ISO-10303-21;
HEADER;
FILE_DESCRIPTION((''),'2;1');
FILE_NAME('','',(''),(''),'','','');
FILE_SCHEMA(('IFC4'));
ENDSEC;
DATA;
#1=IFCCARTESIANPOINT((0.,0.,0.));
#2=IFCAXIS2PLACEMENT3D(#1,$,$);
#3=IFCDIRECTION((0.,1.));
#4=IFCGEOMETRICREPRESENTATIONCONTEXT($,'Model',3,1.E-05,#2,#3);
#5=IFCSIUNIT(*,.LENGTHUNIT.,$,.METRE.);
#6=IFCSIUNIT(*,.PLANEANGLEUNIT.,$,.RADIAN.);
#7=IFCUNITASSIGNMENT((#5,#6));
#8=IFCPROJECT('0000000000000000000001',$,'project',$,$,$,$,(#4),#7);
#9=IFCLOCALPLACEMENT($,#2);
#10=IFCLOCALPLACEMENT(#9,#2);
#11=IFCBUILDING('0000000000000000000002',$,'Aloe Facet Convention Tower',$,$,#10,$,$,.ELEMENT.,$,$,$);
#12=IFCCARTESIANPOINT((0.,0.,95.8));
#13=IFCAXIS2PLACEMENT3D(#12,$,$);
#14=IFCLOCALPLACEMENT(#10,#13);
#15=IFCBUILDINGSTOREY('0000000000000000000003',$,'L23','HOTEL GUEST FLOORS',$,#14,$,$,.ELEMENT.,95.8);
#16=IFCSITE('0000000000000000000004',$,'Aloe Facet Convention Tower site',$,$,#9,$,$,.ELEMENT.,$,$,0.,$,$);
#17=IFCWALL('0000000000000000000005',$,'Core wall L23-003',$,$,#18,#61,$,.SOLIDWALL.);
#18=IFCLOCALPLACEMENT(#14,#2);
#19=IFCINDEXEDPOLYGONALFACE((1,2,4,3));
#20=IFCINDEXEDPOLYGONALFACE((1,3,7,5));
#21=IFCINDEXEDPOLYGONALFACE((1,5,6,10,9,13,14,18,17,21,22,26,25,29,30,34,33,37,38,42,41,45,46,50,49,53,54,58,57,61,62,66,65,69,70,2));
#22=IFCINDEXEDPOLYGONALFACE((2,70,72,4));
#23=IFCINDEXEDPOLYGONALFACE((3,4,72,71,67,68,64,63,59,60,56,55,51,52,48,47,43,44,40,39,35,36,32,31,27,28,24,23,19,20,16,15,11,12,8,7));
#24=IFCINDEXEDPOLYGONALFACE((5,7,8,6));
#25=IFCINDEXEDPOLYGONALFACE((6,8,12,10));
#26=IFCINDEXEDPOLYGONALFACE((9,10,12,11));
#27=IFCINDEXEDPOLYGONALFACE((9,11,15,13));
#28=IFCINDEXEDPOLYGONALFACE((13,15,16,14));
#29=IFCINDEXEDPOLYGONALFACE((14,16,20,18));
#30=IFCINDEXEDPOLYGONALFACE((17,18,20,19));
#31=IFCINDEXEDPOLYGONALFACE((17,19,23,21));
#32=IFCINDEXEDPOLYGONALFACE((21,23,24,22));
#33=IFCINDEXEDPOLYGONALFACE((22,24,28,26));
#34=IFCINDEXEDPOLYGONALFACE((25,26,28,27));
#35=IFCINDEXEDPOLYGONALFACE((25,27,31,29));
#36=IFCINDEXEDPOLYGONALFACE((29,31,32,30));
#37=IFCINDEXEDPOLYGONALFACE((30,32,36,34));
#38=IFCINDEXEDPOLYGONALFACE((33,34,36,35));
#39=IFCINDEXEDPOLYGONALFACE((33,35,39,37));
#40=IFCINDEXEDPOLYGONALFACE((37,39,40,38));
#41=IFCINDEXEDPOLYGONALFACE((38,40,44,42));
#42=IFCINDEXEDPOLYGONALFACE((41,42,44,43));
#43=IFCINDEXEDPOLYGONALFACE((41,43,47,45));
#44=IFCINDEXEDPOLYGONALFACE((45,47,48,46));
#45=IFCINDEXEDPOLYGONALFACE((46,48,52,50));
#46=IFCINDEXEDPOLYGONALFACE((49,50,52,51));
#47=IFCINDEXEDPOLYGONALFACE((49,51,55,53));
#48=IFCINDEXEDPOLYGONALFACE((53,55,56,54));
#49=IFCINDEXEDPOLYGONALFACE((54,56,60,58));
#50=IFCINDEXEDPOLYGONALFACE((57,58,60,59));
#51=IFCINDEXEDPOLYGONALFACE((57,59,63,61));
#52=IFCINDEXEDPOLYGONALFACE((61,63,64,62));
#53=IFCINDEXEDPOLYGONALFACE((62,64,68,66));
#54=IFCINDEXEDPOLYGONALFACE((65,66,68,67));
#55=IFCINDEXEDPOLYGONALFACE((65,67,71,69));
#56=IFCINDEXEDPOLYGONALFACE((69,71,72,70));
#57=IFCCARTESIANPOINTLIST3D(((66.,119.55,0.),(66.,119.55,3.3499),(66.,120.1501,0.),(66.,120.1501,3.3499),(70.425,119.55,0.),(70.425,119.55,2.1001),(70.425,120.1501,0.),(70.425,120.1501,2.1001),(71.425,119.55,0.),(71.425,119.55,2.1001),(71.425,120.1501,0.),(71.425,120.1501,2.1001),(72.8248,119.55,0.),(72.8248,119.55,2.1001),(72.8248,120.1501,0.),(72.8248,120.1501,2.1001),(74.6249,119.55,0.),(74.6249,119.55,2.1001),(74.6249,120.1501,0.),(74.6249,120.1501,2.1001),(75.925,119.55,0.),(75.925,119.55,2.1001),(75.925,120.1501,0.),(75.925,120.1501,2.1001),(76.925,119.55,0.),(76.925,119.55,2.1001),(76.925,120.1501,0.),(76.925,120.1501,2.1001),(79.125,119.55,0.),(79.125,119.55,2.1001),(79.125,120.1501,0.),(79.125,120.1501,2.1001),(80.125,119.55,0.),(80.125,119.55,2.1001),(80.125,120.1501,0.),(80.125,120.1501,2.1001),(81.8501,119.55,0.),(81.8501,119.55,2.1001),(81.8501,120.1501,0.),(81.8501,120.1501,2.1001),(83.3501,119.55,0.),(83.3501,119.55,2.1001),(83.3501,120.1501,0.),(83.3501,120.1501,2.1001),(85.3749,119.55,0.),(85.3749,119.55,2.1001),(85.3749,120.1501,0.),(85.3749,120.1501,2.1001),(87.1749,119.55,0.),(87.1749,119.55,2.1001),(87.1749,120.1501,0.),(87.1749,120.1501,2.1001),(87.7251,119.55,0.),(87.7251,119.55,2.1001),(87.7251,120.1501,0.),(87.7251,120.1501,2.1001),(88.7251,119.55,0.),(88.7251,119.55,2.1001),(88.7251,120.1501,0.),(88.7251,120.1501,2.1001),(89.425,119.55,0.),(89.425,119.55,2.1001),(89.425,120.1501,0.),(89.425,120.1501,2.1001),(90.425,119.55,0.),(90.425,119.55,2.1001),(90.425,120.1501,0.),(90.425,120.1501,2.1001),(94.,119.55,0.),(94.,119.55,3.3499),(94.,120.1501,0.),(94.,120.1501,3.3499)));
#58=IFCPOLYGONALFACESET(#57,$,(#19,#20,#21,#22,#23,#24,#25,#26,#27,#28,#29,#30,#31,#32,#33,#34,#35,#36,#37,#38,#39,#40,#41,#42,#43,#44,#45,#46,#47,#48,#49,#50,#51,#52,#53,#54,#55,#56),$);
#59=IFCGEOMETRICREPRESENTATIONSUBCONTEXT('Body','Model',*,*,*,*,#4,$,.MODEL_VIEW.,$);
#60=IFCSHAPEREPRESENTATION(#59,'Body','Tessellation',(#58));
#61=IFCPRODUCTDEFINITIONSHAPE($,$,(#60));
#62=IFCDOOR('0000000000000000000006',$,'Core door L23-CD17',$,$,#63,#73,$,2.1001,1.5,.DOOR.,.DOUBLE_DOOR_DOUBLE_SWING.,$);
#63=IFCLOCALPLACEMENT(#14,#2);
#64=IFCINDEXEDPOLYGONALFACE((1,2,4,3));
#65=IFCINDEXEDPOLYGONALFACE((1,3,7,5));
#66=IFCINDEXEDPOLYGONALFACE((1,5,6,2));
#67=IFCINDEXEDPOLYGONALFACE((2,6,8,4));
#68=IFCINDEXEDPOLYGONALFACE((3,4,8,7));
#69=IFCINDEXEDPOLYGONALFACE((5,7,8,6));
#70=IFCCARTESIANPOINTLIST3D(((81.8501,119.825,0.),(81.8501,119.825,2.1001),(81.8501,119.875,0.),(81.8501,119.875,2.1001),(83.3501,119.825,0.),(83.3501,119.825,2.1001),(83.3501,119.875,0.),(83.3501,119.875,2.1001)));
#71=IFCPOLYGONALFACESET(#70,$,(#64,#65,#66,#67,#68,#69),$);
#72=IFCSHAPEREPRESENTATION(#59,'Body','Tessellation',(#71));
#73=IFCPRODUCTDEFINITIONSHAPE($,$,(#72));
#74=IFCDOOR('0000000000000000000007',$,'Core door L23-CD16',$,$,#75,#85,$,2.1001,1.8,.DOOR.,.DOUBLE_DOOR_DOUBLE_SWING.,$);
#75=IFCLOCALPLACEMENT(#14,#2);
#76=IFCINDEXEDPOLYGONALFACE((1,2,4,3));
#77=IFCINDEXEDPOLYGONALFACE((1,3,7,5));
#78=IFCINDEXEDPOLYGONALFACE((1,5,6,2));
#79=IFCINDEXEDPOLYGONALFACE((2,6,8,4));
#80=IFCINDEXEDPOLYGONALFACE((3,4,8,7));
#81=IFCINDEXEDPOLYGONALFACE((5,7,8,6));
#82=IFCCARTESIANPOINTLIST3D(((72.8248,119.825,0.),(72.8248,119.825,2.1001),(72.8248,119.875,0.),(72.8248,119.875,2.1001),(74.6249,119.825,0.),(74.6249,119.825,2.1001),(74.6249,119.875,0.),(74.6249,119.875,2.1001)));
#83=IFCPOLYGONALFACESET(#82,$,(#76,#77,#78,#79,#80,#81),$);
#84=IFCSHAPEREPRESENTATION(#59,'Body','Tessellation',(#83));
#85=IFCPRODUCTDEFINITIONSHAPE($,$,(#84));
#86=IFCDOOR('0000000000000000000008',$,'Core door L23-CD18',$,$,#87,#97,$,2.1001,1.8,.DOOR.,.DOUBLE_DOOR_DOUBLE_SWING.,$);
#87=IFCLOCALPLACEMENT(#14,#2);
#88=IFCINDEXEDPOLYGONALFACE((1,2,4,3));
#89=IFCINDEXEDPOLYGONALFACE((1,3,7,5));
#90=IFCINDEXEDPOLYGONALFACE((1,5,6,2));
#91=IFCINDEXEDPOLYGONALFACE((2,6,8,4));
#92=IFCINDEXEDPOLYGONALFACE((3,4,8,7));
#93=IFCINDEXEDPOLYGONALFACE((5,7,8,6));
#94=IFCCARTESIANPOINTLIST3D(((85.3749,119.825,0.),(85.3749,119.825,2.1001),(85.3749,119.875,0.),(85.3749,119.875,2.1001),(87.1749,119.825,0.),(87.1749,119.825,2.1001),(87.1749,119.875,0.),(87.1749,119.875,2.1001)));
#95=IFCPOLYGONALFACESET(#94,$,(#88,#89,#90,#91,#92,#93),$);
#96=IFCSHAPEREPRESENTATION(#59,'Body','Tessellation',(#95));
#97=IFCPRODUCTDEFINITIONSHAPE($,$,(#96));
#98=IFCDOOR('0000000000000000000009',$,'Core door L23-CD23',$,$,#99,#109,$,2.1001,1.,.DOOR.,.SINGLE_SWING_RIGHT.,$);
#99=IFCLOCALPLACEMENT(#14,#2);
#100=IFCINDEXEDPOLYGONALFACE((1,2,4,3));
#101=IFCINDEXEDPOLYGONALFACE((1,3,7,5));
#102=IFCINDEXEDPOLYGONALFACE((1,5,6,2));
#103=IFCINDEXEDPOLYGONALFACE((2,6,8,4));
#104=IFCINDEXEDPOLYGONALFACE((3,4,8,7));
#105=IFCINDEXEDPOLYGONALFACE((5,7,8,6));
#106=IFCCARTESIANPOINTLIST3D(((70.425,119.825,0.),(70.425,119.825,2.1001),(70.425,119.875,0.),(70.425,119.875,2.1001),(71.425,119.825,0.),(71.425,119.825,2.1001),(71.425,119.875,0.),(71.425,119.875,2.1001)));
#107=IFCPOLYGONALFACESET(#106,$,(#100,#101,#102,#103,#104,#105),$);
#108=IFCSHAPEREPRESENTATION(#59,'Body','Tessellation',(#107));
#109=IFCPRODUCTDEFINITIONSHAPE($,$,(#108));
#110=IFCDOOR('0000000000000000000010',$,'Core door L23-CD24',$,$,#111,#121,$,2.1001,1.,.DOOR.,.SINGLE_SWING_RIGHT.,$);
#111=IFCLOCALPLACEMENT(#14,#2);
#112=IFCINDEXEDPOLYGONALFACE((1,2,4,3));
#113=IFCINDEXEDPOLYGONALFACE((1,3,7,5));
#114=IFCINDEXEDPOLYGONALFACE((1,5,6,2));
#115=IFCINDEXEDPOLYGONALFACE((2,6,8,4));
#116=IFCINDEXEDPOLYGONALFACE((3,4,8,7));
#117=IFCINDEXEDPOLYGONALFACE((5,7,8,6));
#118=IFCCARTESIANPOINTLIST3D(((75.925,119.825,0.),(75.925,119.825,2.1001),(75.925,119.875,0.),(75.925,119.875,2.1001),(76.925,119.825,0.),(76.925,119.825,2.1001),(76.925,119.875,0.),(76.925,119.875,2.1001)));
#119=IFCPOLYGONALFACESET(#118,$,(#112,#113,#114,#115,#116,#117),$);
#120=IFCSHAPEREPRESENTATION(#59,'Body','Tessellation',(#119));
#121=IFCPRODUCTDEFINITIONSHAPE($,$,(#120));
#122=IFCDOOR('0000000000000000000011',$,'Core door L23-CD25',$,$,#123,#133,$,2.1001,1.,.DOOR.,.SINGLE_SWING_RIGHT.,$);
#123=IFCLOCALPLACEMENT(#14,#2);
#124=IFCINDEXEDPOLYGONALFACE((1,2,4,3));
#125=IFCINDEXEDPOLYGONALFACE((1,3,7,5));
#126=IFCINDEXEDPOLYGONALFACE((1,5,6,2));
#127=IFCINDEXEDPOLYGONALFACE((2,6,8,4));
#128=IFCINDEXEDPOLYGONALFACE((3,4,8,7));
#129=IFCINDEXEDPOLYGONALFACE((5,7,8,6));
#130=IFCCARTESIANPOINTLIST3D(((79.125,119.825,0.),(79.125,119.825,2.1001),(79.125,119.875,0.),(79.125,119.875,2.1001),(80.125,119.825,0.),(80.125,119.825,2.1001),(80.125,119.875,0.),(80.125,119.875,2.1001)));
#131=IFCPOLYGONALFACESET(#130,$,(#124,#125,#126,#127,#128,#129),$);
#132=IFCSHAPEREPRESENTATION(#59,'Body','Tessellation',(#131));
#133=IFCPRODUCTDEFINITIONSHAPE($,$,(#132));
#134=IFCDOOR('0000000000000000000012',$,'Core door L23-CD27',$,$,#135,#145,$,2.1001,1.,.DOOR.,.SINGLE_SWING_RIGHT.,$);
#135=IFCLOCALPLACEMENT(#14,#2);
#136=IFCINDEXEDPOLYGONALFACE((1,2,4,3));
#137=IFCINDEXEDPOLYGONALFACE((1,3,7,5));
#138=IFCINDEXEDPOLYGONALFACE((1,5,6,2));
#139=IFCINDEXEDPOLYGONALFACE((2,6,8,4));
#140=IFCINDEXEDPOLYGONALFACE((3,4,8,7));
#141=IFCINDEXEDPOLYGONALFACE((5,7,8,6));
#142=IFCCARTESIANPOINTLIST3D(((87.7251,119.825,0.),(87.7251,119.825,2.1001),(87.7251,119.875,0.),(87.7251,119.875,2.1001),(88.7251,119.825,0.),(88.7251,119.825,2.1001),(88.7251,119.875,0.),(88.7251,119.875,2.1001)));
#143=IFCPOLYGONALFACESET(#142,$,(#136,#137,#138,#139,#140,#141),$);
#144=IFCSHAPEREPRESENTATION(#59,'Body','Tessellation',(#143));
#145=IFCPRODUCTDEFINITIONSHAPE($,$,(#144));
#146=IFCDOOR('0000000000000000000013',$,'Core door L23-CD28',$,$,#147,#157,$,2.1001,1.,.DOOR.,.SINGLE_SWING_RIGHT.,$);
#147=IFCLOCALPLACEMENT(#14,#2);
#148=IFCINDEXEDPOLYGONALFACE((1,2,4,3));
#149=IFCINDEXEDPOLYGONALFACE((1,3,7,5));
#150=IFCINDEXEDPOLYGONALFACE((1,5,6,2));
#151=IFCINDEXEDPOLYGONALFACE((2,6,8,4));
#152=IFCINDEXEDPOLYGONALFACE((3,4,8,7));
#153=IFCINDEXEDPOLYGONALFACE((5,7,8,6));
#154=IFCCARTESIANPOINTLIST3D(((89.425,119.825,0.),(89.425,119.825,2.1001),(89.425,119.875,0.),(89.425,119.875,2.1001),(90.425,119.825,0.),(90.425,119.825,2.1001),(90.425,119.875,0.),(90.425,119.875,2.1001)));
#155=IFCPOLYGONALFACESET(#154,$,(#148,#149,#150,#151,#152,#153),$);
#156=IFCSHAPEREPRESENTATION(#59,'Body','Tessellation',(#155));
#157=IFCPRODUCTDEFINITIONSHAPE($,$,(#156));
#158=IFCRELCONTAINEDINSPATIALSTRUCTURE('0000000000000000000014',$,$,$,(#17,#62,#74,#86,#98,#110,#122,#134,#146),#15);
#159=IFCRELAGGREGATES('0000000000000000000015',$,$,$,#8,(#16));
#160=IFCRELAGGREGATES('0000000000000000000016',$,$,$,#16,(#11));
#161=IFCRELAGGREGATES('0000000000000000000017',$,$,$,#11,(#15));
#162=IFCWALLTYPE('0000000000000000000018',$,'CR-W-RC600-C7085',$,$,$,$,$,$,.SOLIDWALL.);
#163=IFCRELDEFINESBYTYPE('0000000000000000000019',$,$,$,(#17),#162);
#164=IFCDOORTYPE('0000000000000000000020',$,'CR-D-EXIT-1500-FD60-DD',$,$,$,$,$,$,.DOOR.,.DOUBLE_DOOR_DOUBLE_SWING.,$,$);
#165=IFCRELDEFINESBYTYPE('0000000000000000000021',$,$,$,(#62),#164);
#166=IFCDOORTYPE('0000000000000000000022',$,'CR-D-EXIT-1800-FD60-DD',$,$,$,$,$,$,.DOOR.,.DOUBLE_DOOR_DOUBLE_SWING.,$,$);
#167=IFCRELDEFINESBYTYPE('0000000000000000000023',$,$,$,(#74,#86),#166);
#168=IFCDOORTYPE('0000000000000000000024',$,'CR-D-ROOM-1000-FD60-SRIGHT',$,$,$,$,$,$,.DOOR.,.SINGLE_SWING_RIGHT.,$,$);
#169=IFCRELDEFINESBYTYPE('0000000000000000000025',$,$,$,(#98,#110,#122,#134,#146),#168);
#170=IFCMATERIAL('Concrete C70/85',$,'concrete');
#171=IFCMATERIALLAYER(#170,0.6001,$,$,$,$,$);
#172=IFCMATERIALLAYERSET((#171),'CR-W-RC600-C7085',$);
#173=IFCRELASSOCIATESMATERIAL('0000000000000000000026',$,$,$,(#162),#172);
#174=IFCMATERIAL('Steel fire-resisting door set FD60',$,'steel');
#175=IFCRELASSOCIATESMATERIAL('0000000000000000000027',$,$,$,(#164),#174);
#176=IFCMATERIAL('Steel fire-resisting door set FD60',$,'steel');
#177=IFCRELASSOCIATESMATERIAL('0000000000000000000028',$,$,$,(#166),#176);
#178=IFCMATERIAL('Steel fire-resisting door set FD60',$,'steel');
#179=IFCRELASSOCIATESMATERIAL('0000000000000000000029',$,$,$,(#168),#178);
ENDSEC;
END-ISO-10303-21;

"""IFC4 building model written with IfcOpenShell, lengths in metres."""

from ifc_helpers import new_model, si_unit, direction, frame, frame_2d, origin, place, context, subcontext, project, spatial, rectangle, extrude, material, layer, layer_set, type_object, element, fill, save


model = new_model("IFC4")

# Units and contexts
model_context = context("Model", 3, precision=1e-05, world=origin(), true_north=direction((0.0, 1.0)))
body_context = subcontext(model_context, "Body", "Model", "MODEL_VIEW")
ifc_project = project(units=[si_unit("LENGTHUNIT", "METRE"), si_unit("PLANEANGLEUNIT", "RADIAN")], contexts=[model_context])

# Site, building, storey
site_placement = place(None, origin())
site = spatial("IfcSite", under=ifc_project, at=site_placement, Name="Aloe Facet Convention Tower site", CompositionType="ELEMENT", RefElevation=0.0)
building_placement = place(site_placement, origin())
building = spatial("IfcBuilding", under=site, at=building_placement, Name="Aloe Facet Convention Tower", CompositionType="ELEMENT")
storey_placement = place(building_placement, frame((0.0, 0.0, 95.8)))
storey = spatial("IfcBuildingStorey", under=building, at=storey_placement, Name="L23", Description="HOTEL GUEST FLOORS", CompositionType="ELEMENT", Elevation=95.8)

# Wall, openings, doors
ifc_material_1 = material(Name="Concrete C70/85", Category="concrete")
ifc_layer_1 = layer(ifc_material_1, 0.6001)
ifc_layer_set_1 = layer_set([ifc_layer_1], Name="CR-W-RC600-C7085")
wall_type_1 = type_object("IfcWallType", Name="CR-W-RC600-C7085", PredefinedType="SOLIDWALL", material=ifc_layer_set_1)
wall_1_placement = place(storey_placement, frame((66.0, 119.8501, 0.0), z_axis=(0.0, 0.0, 1.0), x_axis=(1.0, 0.0, 0.0)))
wall_1 = element("IfcWall", 1, at=wall_1_placement, inside=storey, type_object=wall_type_1, Name="Core wall L23-003", PredefinedType="SOLIDWALL", context=body_context, shape_type="SweptSolid", body=[
    extrude(rectangle(XDim=28.0, YDim=0.6001, at=frame_2d((14.0, 0.0))), origin(), (0.0, 0.0, 1.0), 3.3499),
])
opening_1_placement = place(wall_1_placement, frame((6.825, 0.0, 0.0)))
opening_1 = element("IfcOpeningElement", 2, at=opening_1_placement, cuts=wall_1, PredefinedType="OPENING", context=body_context, shape_type="SweptSolid", body=[
    extrude(rectangle(XDim=1.8, YDim=2.1001, at=frame_2d((0.8999, 1.05))), frame((0.0, 0.3101, 0.0), z_axis=(0.0, -1.0, 0.0), x_axis=(1.0, 0.0, 0.0)), (0.0, 0.0, 1.0), 0.6201),
])
opening_2_placement = place(wall_1_placement, frame((15.8501, 0.0, 0.0)))
opening_2 = element("IfcOpeningElement", 3, at=opening_2_placement, cuts=wall_1, PredefinedType="OPENING", context=body_context, shape_type="SweptSolid", body=[
    extrude(rectangle(XDim=1.5, YDim=2.1001, at=frame_2d((0.75, 1.05))), frame((0.0, 0.3101, 0.0), z_axis=(0.0, -1.0, 0.0), x_axis=(1.0, 0.0, 0.0)), (0.0, 0.0, 1.0), 0.6201),
])
opening_3_placement = place(wall_1_placement, frame((19.375, 0.0, 0.0)))
opening_3 = element("IfcOpeningElement", 4, at=opening_3_placement, cuts=wall_1, PredefinedType="OPENING", context=body_context, shape_type="SweptSolid", body=[
    extrude(rectangle(XDim=1.8, YDim=2.1001, at=frame_2d((0.8999, 1.05))), frame((0.0, 0.3101, 0.0), z_axis=(0.0, -1.0, 0.0), x_axis=(1.0, 0.0, 0.0)), (0.0, 0.0, 1.0), 0.6201),
])
opening_4_placement = place(wall_1_placement, frame((4.425, 0.0, 0.0)))
opening_4 = element("IfcOpeningElement", 5, at=opening_4_placement, cuts=wall_1, PredefinedType="OPENING", context=body_context, shape_type="SweptSolid", body=[
    extrude(rectangle(XDim=1.0, YDim=2.1001, at=frame_2d((0.5, 1.05))), frame((0.0, 0.3101, 0.0), z_axis=(0.0, -1.0, 0.0), x_axis=(1.0, 0.0, 0.0)), (0.0, 0.0, 1.0), 0.6201),
])
opening_5_placement = place(wall_1_placement, frame((9.925, 0.0, 0.0)))
opening_5 = element("IfcOpeningElement", 6, at=opening_5_placement, cuts=wall_1, PredefinedType="OPENING", context=body_context, shape_type="SweptSolid", body=[
    extrude(rectangle(XDim=1.0, YDim=2.1001, at=frame_2d((0.5, 1.05))), frame((0.0, 0.3101, 0.0), z_axis=(0.0, -1.0, 0.0), x_axis=(1.0, 0.0, 0.0)), (0.0, 0.0, 1.0), 0.6201),
])
opening_6_placement = place(wall_1_placement, frame((13.125, 0.0, 0.0)))
opening_6 = element("IfcOpeningElement", 7, at=opening_6_placement, cuts=wall_1, PredefinedType="OPENING", context=body_context, shape_type="SweptSolid", body=[
    extrude(rectangle(XDim=1.0, YDim=2.1001, at=frame_2d((0.5, 1.05))), frame((0.0, 0.3101, 0.0), z_axis=(0.0, -1.0, 0.0), x_axis=(1.0, 0.0, 0.0)), (0.0, 0.0, 1.0), 0.6201),
])
opening_7_placement = place(wall_1_placement, frame((21.7251, 0.0, 0.0)))
opening_7 = element("IfcOpeningElement", 8, at=opening_7_placement, cuts=wall_1, PredefinedType="OPENING", context=body_context, shape_type="SweptSolid", body=[
    extrude(rectangle(XDim=1.0, YDim=2.1001, at=frame_2d((0.5, 1.05))), frame((0.0, 0.3101, 0.0), z_axis=(0.0, -1.0, 0.0), x_axis=(1.0, 0.0, 0.0)), (0.0, 0.0, 1.0), 0.6201),
])
opening_8_placement = place(wall_1_placement, frame((23.425, 0.0, 0.0)))
opening_8 = element("IfcOpeningElement", 9, at=opening_8_placement, cuts=wall_1, PredefinedType="OPENING", context=body_context, shape_type="SweptSolid", body=[
    extrude(rectangle(XDim=1.0, YDim=2.1001, at=frame_2d((0.5, 1.05))), frame((0.0, 0.3101, 0.0), z_axis=(0.0, -1.0, 0.0), x_axis=(1.0, 0.0, 0.0)), (0.0, 0.0, 1.0), 0.6201),
])
ifc_material_2 = material(Name="Steel fire-resisting door set FD60", Category="steel")
door_type_1 = type_object("IfcDoorType", Name="CR-D-EXIT-1500-FD60-DD", OperationType="DOUBLE_DOOR_DOUBLE_SWING", PredefinedType="DOOR", material=ifc_material_2)
door_1_placement = place(opening_2_placement, origin())
door_1 = element("IfcDoor", 10, at=door_1_placement, inside=storey, type_object=door_type_1, Name="Core door L23-CD17", OperationType="DOUBLE_DOOR_DOUBLE_SWING", OverallHeight=2.1001, OverallWidth=1.5, PredefinedType="DOOR", context=body_context, shape_type="SweptSolid", body=[
    extrude(rectangle(XDim=1.5, YDim=2.1001, at=frame_2d((0.75, 1.05))), frame((0.0, 0.0249, 0.0), z_axis=(0.0, -1.0, 0.0), x_axis=(1.0, 0.0, 0.0)), (0.0, 0.0, 1.0), 0.05),
])
fill(opening_2, door_1)
ifc_material_3 = material(Name="Steel fire-resisting door set FD60", Category="steel")
door_type_2 = type_object("IfcDoorType", Name="CR-D-EXIT-1800-FD60-DD", OperationType="DOUBLE_DOOR_DOUBLE_SWING", PredefinedType="DOOR", material=ifc_material_3)
door_2_placement = place(opening_1_placement, origin())
door_2 = element("IfcDoor", 11, at=door_2_placement, inside=storey, type_object=door_type_2, Name="Core door L23-CD16", OperationType="DOUBLE_DOOR_DOUBLE_SWING", OverallHeight=2.1001, OverallWidth=1.8, PredefinedType="DOOR", context=body_context, shape_type="SweptSolid", body=[
    extrude(rectangle(XDim=1.8, YDim=2.1001, at=frame_2d((0.8999, 1.05))), frame((0.0, 0.0249, 0.0), z_axis=(0.0, -1.0, 0.0), x_axis=(1.0, 0.0, 0.0)), (0.0, 0.0, 1.0), 0.05),
])
fill(opening_1, door_2)
door_3_placement = place(opening_3_placement, origin())
door_3 = element("IfcDoor", 12, at=door_3_placement, inside=storey, type_object=door_type_2, Name="Core door L23-CD18", OperationType="DOUBLE_DOOR_DOUBLE_SWING", OverallHeight=2.1001, OverallWidth=1.8, PredefinedType="DOOR", context=body_context, shape_type="SweptSolid", body=[
    extrude(rectangle(XDim=1.8, YDim=2.1001, at=frame_2d((0.8999, 1.05))), frame((0.0, 0.0249, 0.0), z_axis=(0.0, -1.0, 0.0), x_axis=(1.0, 0.0, 0.0)), (0.0, 0.0, 1.0), 0.05),
])
fill(opening_3, door_3)
ifc_material_4 = material(Name="Steel fire-resisting door set FD60", Category="steel")
door_type_3 = type_object("IfcDoorType", Name="CR-D-ROOM-1000-FD60-SRIGHT", OperationType="SINGLE_SWING_RIGHT", PredefinedType="DOOR", material=ifc_material_4)
door_4_placement = place(opening_4_placement, origin())
door_4 = element("IfcDoor", 13, at=door_4_placement, inside=storey, type_object=door_type_3, Name="Core door L23-CD23", OperationType="SINGLE_SWING_RIGHT", OverallHeight=2.1001, OverallWidth=1.0, PredefinedType="DOOR", context=body_context, shape_type="SweptSolid", body=[
    extrude(rectangle(XDim=1.0, YDim=2.1001, at=frame_2d((0.5, 1.05))), frame((0.0, 0.0249, 0.0), z_axis=(0.0, -1.0, 0.0), x_axis=(1.0, 0.0, 0.0)), (0.0, 0.0, 1.0), 0.05),
])
fill(opening_4, door_4)
door_5_placement = place(opening_5_placement, origin())
door_5 = element("IfcDoor", 14, at=door_5_placement, inside=storey, type_object=door_type_3, Name="Core door L23-CD24", OperationType="SINGLE_SWING_RIGHT", OverallHeight=2.1001, OverallWidth=1.0, PredefinedType="DOOR", context=body_context, shape_type="SweptSolid", body=[
    extrude(rectangle(XDim=1.0, YDim=2.1001, at=frame_2d((0.5, 1.05))), frame((0.0, 0.0249, 0.0), z_axis=(0.0, -1.0, 0.0), x_axis=(1.0, 0.0, 0.0)), (0.0, 0.0, 1.0), 0.05),
])
fill(opening_5, door_5)
door_6_placement = place(opening_6_placement, origin())
door_6 = element("IfcDoor", 15, at=door_6_placement, inside=storey, type_object=door_type_3, Name="Core door L23-CD25", OperationType="SINGLE_SWING_RIGHT", OverallHeight=2.1001, OverallWidth=1.0, PredefinedType="DOOR", context=body_context, shape_type="SweptSolid", body=[
    extrude(rectangle(XDim=1.0, YDim=2.1001, at=frame_2d((0.5, 1.05))), frame((0.0, 0.0249, 0.0), z_axis=(0.0, -1.0, 0.0), x_axis=(1.0, 0.0, 0.0)), (0.0, 0.0, 1.0), 0.05),
])
fill(opening_6, door_6)
door_7_placement = place(opening_7_placement, origin())
door_7 = element("IfcDoor", 16, at=door_7_placement, inside=storey, type_object=door_type_3, Name="Core door L23-CD27", OperationType="SINGLE_SWING_RIGHT", OverallHeight=2.1001, OverallWidth=1.0, PredefinedType="DOOR", context=body_context, shape_type="SweptSolid", body=[
    extrude(rectangle(XDim=1.0, YDim=2.1001, at=frame_2d((0.5, 1.05))), frame((0.0, 0.0249, 0.0), z_axis=(0.0, -1.0, 0.0), x_axis=(1.0, 0.0, 0.0)), (0.0, 0.0, 1.0), 0.05),
])
fill(opening_7, door_7)
door_8_placement = place(opening_8_placement, origin())
door_8 = element("IfcDoor", 17, at=door_8_placement, inside=storey, type_object=door_type_3, Name="Core door L23-CD28", OperationType="SINGLE_SWING_RIGHT", OverallHeight=2.1001, OverallWidth=1.0, PredefinedType="DOOR", context=body_context, shape_type="SweptSolid", body=[
    extrude(rectangle(XDim=1.0, YDim=2.1001, at=frame_2d((0.5, 1.05))), frame((0.0, 0.0249, 0.0), z_axis=(0.0, -1.0, 0.0), x_axis=(1.0, 0.0, 0.0)), (0.0, 0.0, 1.0), 0.05),
])
fill(opening_8, door_8)

save(model, "model.ifc")
